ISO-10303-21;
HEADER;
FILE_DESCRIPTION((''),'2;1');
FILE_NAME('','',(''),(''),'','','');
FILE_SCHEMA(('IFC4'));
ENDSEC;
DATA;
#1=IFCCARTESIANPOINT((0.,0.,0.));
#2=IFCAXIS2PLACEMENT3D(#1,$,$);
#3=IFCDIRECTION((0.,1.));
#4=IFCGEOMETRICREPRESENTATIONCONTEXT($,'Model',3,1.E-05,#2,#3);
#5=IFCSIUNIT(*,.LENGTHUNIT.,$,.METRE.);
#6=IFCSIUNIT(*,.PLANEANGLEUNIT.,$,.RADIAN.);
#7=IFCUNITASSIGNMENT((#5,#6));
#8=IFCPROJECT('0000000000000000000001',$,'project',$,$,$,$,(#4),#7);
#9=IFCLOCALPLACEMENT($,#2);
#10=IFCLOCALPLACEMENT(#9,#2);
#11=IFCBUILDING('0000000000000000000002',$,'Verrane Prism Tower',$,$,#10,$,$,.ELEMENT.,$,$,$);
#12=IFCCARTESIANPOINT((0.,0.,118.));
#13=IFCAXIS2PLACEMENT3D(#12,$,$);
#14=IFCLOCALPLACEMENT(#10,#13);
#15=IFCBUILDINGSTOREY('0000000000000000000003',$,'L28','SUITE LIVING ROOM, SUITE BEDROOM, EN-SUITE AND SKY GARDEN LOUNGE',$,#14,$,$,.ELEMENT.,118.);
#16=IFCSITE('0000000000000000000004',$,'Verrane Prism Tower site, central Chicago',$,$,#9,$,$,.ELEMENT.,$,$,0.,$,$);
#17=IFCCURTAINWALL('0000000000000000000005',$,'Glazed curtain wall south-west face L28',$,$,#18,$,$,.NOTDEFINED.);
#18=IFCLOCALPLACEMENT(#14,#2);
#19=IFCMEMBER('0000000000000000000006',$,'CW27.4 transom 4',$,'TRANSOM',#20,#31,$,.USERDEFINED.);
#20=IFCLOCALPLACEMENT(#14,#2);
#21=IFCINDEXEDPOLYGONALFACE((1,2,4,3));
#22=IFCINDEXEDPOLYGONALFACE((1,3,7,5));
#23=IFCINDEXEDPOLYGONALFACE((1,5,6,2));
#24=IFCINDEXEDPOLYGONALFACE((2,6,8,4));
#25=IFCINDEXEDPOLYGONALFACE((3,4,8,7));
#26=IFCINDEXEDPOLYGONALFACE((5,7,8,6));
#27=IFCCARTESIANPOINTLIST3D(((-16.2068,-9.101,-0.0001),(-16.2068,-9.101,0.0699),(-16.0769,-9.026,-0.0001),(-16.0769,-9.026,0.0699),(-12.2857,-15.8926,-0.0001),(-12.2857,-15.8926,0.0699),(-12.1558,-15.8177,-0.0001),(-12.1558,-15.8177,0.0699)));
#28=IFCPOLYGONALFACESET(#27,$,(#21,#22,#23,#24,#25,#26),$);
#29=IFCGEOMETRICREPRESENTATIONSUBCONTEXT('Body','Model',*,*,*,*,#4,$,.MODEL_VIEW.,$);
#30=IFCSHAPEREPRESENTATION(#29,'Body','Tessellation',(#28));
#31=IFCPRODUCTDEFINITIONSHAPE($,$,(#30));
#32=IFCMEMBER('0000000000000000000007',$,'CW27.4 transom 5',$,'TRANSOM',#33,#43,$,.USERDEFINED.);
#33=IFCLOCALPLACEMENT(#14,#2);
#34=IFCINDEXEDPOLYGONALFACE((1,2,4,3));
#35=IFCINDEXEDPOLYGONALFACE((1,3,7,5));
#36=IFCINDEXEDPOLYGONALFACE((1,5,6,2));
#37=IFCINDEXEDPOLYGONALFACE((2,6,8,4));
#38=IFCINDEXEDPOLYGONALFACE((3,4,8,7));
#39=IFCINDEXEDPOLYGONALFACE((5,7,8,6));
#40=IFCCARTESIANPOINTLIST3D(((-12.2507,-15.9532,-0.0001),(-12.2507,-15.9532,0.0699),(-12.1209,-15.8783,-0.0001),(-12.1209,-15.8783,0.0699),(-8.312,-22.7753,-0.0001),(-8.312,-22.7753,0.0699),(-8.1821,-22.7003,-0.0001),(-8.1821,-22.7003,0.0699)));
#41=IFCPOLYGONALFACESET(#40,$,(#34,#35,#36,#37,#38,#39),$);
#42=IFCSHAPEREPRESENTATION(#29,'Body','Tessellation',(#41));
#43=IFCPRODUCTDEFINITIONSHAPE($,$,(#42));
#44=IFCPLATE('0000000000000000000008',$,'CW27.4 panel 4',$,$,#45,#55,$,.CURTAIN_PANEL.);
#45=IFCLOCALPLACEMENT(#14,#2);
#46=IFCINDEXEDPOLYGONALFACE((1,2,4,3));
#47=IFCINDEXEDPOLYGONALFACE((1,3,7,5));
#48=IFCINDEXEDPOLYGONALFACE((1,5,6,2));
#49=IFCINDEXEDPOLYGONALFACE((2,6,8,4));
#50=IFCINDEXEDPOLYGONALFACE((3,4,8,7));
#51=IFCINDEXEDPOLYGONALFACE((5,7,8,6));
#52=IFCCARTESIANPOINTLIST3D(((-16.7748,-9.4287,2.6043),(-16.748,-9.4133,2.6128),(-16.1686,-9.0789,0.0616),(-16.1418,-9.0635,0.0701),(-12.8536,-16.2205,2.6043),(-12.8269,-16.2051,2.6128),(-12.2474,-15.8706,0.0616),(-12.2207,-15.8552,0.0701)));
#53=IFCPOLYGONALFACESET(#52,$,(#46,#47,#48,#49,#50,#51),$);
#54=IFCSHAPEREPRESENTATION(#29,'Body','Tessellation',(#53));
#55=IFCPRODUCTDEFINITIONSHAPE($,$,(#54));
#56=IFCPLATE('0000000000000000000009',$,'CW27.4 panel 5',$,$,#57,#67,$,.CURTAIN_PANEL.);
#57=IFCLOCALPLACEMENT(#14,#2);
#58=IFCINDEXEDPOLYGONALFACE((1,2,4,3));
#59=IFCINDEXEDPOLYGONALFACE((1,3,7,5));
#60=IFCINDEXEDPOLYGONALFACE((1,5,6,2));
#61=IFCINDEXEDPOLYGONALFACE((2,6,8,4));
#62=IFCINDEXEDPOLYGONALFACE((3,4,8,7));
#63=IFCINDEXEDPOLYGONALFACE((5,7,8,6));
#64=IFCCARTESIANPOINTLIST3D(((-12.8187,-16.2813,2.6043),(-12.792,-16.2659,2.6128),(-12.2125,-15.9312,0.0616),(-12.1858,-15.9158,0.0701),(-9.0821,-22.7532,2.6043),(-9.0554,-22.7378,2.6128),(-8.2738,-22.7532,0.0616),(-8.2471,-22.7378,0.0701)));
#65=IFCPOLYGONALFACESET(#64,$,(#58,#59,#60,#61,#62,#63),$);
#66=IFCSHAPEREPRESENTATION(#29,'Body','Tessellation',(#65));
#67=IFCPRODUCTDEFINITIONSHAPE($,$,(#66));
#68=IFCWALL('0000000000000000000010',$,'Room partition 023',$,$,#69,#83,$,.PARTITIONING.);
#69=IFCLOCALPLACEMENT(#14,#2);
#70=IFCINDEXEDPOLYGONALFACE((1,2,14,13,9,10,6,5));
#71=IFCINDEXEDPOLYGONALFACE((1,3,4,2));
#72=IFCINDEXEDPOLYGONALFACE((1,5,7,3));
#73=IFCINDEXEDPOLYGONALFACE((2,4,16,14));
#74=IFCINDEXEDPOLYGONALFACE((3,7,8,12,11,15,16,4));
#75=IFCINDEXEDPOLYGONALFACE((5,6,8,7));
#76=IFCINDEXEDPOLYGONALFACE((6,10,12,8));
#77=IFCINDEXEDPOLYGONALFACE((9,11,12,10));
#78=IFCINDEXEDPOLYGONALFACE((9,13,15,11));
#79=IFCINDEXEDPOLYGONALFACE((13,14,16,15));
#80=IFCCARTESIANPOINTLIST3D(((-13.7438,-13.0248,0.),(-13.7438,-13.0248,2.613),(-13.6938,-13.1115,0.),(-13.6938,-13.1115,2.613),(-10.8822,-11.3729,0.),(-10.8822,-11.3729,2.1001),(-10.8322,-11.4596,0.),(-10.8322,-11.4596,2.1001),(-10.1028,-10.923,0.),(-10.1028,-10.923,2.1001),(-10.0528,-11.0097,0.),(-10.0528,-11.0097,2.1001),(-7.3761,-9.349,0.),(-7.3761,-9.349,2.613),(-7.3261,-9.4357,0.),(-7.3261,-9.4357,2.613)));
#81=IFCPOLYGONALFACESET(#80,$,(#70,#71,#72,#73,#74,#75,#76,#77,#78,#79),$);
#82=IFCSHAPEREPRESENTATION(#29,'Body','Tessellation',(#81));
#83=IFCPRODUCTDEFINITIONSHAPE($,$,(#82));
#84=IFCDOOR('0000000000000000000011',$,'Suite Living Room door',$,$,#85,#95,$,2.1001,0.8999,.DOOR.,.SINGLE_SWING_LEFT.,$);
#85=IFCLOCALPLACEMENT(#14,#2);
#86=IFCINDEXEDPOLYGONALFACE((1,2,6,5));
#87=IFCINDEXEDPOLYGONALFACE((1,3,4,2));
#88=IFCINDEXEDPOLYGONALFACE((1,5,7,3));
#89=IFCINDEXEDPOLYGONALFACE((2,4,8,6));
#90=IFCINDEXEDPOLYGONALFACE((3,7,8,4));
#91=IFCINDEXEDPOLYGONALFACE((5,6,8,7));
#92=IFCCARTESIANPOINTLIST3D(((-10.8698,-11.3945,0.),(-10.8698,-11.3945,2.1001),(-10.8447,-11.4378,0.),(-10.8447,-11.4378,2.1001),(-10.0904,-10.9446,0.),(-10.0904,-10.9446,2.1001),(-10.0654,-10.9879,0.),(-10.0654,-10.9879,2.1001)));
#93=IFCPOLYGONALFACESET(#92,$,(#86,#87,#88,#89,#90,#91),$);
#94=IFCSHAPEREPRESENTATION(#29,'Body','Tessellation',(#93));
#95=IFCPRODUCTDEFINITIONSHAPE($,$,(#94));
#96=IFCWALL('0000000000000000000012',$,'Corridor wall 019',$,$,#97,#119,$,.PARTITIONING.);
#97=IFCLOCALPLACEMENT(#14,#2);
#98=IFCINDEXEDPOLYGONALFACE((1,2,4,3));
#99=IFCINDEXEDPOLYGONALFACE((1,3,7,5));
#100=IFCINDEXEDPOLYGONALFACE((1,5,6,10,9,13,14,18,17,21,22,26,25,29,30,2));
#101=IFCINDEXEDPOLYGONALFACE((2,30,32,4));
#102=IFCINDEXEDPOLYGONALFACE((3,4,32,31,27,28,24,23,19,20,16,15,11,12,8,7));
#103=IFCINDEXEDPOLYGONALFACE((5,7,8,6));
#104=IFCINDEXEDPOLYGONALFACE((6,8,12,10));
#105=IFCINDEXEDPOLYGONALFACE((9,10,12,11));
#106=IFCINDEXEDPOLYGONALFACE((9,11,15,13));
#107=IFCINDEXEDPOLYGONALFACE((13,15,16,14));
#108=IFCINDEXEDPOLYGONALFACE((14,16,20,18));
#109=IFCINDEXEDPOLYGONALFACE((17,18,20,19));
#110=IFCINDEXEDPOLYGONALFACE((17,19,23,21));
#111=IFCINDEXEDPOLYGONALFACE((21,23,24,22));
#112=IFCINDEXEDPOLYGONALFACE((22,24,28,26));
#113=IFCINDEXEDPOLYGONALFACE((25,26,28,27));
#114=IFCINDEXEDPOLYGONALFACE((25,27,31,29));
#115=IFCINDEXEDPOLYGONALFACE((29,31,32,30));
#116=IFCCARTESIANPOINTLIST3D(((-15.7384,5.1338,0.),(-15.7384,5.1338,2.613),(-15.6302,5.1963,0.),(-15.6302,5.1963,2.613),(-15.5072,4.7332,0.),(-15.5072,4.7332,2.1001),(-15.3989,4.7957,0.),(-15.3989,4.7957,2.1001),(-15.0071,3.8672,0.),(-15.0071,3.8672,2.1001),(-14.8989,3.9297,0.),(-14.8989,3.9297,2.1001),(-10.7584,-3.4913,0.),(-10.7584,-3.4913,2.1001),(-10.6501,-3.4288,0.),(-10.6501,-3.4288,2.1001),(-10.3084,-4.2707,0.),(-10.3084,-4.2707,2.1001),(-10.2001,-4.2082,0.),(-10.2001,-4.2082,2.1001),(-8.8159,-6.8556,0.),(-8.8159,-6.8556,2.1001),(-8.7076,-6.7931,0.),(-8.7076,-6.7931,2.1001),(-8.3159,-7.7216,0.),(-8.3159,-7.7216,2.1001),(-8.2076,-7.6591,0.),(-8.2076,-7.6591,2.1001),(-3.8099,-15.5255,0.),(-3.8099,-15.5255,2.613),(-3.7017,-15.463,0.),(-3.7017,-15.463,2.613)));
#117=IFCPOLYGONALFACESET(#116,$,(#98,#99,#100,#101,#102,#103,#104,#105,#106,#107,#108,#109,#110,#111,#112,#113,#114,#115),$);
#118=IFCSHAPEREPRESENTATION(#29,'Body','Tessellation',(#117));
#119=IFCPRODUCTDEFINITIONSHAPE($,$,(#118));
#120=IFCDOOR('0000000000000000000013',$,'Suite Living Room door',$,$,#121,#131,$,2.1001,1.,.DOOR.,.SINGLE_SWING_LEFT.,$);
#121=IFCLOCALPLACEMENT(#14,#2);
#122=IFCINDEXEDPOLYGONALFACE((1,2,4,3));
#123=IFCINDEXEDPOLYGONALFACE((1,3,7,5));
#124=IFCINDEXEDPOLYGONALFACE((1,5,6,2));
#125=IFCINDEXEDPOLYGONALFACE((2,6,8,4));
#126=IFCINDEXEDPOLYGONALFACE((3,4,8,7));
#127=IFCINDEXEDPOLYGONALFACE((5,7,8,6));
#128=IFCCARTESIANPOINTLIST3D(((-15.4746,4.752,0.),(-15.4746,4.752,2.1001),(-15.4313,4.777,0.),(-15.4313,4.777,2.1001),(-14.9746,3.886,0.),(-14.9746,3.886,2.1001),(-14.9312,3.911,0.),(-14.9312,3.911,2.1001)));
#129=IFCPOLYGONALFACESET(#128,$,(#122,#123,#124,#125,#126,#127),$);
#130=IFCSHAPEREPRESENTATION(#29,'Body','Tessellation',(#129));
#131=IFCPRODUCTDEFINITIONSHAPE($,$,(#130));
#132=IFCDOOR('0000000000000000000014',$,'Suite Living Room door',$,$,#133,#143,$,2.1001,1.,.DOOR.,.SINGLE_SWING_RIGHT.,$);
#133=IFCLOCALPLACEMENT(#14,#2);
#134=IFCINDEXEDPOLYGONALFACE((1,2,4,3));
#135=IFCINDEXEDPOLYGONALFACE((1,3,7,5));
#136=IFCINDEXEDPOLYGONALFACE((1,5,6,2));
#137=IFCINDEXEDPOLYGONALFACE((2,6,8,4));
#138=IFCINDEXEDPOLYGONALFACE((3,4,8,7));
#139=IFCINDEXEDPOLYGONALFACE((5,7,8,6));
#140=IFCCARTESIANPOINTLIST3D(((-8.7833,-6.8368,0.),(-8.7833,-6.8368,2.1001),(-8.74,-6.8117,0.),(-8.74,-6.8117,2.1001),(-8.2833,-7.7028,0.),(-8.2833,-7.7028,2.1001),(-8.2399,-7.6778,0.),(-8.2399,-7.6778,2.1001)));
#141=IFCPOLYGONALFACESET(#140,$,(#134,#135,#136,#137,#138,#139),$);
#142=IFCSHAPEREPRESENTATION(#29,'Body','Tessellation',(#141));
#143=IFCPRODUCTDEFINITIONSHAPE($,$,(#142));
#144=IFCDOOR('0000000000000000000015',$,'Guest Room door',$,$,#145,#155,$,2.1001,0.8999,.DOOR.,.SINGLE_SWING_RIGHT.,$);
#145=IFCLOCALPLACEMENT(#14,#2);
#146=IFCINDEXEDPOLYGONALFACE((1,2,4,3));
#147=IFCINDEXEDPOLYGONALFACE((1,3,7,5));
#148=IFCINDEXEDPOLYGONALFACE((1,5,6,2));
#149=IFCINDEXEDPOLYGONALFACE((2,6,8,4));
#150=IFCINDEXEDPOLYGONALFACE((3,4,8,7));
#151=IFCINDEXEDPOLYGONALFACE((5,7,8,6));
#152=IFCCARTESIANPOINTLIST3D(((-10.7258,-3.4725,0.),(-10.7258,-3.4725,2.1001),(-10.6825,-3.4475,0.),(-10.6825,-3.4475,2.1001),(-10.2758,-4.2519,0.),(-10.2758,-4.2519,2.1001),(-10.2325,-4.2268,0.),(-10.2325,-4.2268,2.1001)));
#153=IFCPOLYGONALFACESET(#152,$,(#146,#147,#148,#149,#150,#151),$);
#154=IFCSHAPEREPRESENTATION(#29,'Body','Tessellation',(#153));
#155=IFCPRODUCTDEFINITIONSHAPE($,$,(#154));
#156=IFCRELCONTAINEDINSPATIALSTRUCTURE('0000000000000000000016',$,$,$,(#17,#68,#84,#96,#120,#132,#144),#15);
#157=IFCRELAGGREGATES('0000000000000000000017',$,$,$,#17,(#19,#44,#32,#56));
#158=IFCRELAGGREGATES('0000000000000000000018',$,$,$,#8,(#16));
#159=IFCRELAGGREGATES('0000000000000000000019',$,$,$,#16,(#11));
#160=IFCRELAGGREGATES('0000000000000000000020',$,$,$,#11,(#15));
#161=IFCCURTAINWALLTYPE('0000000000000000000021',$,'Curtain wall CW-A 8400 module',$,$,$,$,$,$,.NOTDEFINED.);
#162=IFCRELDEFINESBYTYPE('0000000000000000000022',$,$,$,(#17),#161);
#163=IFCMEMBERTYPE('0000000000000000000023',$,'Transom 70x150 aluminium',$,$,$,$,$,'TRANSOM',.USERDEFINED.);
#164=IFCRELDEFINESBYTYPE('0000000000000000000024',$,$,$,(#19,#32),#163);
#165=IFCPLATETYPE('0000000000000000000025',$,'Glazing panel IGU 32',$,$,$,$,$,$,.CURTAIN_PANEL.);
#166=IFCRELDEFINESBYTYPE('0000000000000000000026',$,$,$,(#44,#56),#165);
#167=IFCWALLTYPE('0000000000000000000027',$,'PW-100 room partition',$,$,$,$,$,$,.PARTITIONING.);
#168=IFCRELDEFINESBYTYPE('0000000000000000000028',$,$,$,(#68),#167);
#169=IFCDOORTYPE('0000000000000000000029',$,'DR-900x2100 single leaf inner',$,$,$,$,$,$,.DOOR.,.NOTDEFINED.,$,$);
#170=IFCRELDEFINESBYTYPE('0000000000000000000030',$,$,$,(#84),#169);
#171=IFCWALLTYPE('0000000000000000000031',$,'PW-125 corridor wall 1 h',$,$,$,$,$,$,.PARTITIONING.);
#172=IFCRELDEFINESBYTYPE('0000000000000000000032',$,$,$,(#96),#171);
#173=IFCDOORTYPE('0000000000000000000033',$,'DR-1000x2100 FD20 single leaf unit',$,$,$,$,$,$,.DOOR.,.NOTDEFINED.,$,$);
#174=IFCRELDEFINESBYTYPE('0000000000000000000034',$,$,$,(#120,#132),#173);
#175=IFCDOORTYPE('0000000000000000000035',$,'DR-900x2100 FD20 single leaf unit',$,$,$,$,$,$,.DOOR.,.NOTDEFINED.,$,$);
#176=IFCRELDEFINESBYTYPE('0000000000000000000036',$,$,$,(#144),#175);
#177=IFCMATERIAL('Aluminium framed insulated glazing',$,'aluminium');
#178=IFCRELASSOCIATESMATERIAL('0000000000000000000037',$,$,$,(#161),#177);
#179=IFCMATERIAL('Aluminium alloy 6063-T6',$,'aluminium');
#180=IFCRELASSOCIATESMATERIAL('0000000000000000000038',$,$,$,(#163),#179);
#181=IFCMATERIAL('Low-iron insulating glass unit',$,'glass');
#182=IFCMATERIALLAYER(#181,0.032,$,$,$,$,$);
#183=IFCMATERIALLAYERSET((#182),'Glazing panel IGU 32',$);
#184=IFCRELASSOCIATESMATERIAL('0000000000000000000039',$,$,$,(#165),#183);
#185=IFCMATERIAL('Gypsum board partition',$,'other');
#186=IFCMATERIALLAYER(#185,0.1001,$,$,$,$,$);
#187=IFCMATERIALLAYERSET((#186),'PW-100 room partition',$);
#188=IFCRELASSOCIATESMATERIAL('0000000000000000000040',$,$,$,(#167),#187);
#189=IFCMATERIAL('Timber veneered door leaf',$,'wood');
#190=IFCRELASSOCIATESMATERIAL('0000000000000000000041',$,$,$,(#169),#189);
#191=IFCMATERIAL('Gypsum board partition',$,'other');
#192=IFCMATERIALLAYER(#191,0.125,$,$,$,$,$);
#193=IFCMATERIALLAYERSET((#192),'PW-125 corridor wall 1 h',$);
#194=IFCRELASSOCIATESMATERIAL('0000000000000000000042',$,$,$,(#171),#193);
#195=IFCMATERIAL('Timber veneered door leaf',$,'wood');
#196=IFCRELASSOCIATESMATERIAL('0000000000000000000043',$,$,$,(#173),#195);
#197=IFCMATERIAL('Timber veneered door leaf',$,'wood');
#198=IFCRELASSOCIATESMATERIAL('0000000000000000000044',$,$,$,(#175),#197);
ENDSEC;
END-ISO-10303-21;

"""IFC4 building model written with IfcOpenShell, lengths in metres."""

from ifc_helpers import new_model, si_unit, direction, frame, frame_2d, origin, origin_2d, place, context, subcontext, project, spatial, polyline, rectangle, outline, extrude, material, layer, layer_set, material_profile, profile_set, type_object, element, fill, aggregate, save


model = new_model("IFC4")

# Units and contexts
model_context = context("Model", 3, precision=1e-05, world=origin(), true_north=direction((0.0, 1.0)))
body_context = subcontext(model_context, "Body", "Model", "MODEL_VIEW")
ifc_project = project(units=[si_unit("LENGTHUNIT", "METRE"), si_unit("PLANEANGLEUNIT", "RADIAN")], contexts=[model_context])

# Site, building, storey
site_placement = place(None, origin())
site = spatial("IfcSite", under=ifc_project, at=site_placement, Name="Verrane Prism Tower site, central Chicago", CompositionType="ELEMENT", RefElevation=0.0)
building_placement = place(site_placement, origin())
building = spatial("IfcBuilding", under=site, at=building_placement, Name="Verrane Prism Tower", CompositionType="ELEMENT")
storey_placement = place(building_placement, frame((0.0, 0.0, 118.0)))
storey = spatial("IfcBuildingStorey", under=building, at=storey_placement, Name="L28", Description="SUITE LIVING ROOM, SUITE BEDROOM, EN-SUITE AND SKY GARDEN LOUNGE", CompositionType="ELEMENT", Elevation=118.0)

# Curtain wall
ifc_material_1 = material(Name="Aluminium framed insulated glazing", Category="aluminium")
curtain_wall_type = type_object("IfcCurtainWallType", Name="Curtain wall CW-A 8400 module", PredefinedType="NOTDEFINED", material=ifc_material_1)
curtain_wall_placement = place(storey_placement, origin())
curtain_wall = element("IfcCurtainWall", 1, at=curtain_wall_placement, inside=storey, type_object=curtain_wall_type, Name="Glazed curtain wall south-west face L28", PredefinedType="NOTDEFINED")

# Members
ifc_material_2 = material(Name="Aluminium alloy 6063-T6", Category="aluminium")
ifc_material_profile_1 = material_profile(ifc_material_2, rectangle(XDim=0.1499, YDim=0.0701, at=origin_2d()), Name="Transom 70x150 aluminium")
ifc_profile_set_1 = profile_set([ifc_material_profile_1], Name="Aluminium alloy 6063-T6")
member_type_1 = type_object("IfcMemberType", Name="Transom 70x150 aluminium", ElementType="TRANSOM", PredefinedType="USERDEFINED", material=ifc_profile_set_1)
member_1_placement = place(storey_placement, frame((-16.1418, -9.0635, 0.0349), z_axis=(0.499993, -0.86603, 0.0), x_axis=(0.86603, 0.499993, 0.0)))
member_1 = element("IfcMember", 2, at=member_1_placement, type_object=member_type_1, Name="CW27.4 transom 4", ObjectType="TRANSOM", PredefinedType="USERDEFINED", context=body_context, shape_type="SweptSolid", body=[
    extrude(rectangle(XDim=0.1499, YDim=0.0701, at=origin_2d()), origin(), (0.0, 0.0, 1.0), 7.8423),
])
member_2_placement = place(storey_placement, frame((-12.1858, -15.9158, 0.0349), z_axis=(0.500002, -0.866024, 0.0), x_axis=(0.866024, 0.500002, 0.0)))
member_2 = element("IfcMember", 3, at=member_2_placement, type_object=member_type_1, Name="CW27.4 transom 5", ObjectType="TRANSOM", PredefinedType="USERDEFINED", context=body_context, shape_type="SweptSolid", body=[
    extrude(rectangle(XDim=0.1499, YDim=0.0701, at=origin_2d()), origin(), (0.0, 0.0, 1.0), 7.8774),
])

# Plates
ifc_material_3 = material(Name="Low-iron insulating glass unit", Category="glass")
ifc_layer_1 = layer(ifc_material_3, 0.032)
ifc_layer_set_1 = layer_set([ifc_layer_1], Name="Glazing panel IGU 32")
plate_type = type_object("IfcPlateType", Name="Glazing panel IGU 32", PredefinedType="CURTAIN_PANEL", material=ifc_layer_set_1)
plate_1_placement = place(storey_placement, frame((-16.1418, -9.0635, 0.0701), z_axis=(0.834975, 0.482064, 0.26539), x_axis=(0.499993, -0.86603, 0.0)))
plate_1 = element("IfcPlate", 4, at=plate_1_placement, type_object=plate_type, Name="CW27.4 panel 4", PredefinedType="CURTAIN_PANEL", context=body_context, shape_type="SweptSolid", body=[
    extrude(outline(polyline([(0.0, 0.0), (7.8424, 0.0), (7.8423, -2.6373), (-0.0001, -2.6373), (0.0, 0.0)])), origin(), (0.0, 0.0, -1.0), 0.032),
])
plate_2_placement = place(storey_placement, frame((-12.1858, -15.9158, 0.0701), z_axis=(0.834959, 0.482066, 0.265436), x_axis=(0.500002, -0.866025, 0.0)))
plate_2 = element("IfcPlate", 5, at=plate_2_placement, type_object=plate_type, Name="CW27.4 panel 5", PredefinedType="CURTAIN_PANEL", context=body_context, shape_type="SweptSolid", body=[
    extrude(outline(polyline([(0.0, 0.0), (7.8774, 0.0), (7.4732, -2.6373), (0.0001, -2.6373), (0.0, 0.0)])), origin(), (0.0, 0.0, -1.0), 0.032),
])
aggregate(curtain_wall, [member_1, plate_1, member_2, plate_2])

# Wall, opening, door
ifc_material_4 = material(Name="Gypsum board partition", Category="other")
ifc_layer_2 = layer(ifc_material_4, 0.1001)
ifc_layer_set_2 = layer_set([ifc_layer_2], Name="PW-100 room partition")
wall_type_1 = type_object("IfcWallType", Name="PW-100 room partition", PredefinedType="PARTITIONING", material=ifc_layer_set_2)
wall_1_placement = place(storey_placement, frame((-7.3511, -9.3923, 0.0), z_axis=(0.0, 0.0, 1.0), x_axis=(-0.866061, -0.499939, 0.0)))
wall_1 = element("IfcWall", 6, at=wall_1_placement, inside=storey, type_object=wall_type_1, Name="Room partition 023", PredefinedType="PARTITIONING", context=body_context, shape_type="SweptSolid", body=[
    extrude(rectangle(XDim=7.3525, YDim=0.1001, at=frame_2d((3.6763, 0.0))), origin(), (0.0, 0.0, 1.0), 2.613),
])
opening_1_placement = place(wall_1_placement, frame((3.1484, 0.0, 0.0)))
opening_1 = element("IfcOpeningElement", 7, at=opening_1_placement, cuts=wall_1, PredefinedType="OPENING", context=body_context, shape_type="SweptSolid", body=[
    extrude(rectangle(XDim=0.8999, YDim=2.1001, at=frame_2d((0.45, 1.05))), frame((0.0, 0.0601, 0.0), z_axis=(0.0, -1.0, 0.0), x_axis=(1.0, 0.0, 0.0)), (0.0, 0.0, 1.0), 0.1201),
])
ifc_material_5 = material(Name="Timber veneered door leaf", Category="wood")
door_type_1 = type_object("IfcDoorType", Name="DR-900x2100 single leaf inner", OperationType="NOTDEFINED", PredefinedType="DOOR", material=ifc_material_5)
door_1_placement = place(opening_1_placement, origin())
door_1 = element("IfcDoor", 8, at=door_1_placement, inside=storey, type_object=door_type_1, Name="Suite Living Room door", OperationType="SINGLE_SWING_LEFT", OverallHeight=2.1001, OverallWidth=0.8999, PredefinedType="DOOR", context=body_context, shape_type="SweptSolid", body=[
    extrude(rectangle(XDim=0.8999, YDim=2.1001, at=frame_2d((0.45, 1.05))), frame((0.0, 0.0249, 0.0), z_axis=(0.0, -1.0, 0.0), x_axis=(1.0, 0.0, 0.0)), (0.0, 0.0, 1.0), 0.05),
])
fill(opening_1, door_1)

# Wall, openings, doors
ifc_material_6 = material(Name="Gypsum board partition", Category="other")
ifc_layer_3 = layer(ifc_material_6, 0.125)
ifc_layer_set_3 = layer_set([ifc_layer_3], Name="PW-125 corridor wall 1 h")
wall_type_2 = type_object("IfcWallType", Name="PW-125 corridor wall 1 h", PredefinedType="PARTITIONING", material=ifc_layer_set_3)
wall_2_placement = place(storey_placement, frame((-3.7559, -15.4941, 0.0), z_axis=(0.0, 0.0, 1.0), x_axis=(-0.500028, 0.866009, 0.0)))
wall_2 = element("IfcWall", 9, at=wall_2_placement, inside=storey, type_object=wall_type_2, Name="Corridor wall 019", PredefinedType="PARTITIONING", context=body_context, shape_type="SweptSolid", body=[
    extrude(rectangle(XDim=23.8557, YDim=0.125, at=frame_2d((11.9277, 0.0))), origin(), (0.0, 0.0, 1.0), 2.613),
])
opening_2_placement = place(wall_2_placement, frame((22.3931, 0.0, 0.0)))
opening_2 = element("IfcOpeningElement", 10, at=opening_2_placement, cuts=wall_2, PredefinedType="OPENING", context=body_context, shape_type="SweptSolid", body=[
    extrude(rectangle(XDim=1.0, YDim=2.1001, at=frame_2d((0.5, 1.05))), frame((0.0, 0.0725, 0.0), z_axis=(0.0, -1.0, 0.0), x_axis=(1.0, 0.0, 0.0)), (0.0, 0.0, 1.0), 0.145),
])
opening_3_placement = place(wall_2_placement, frame((12.9961, 0.0, 0.0)))
opening_3 = element("IfcOpeningElement", 11, at=opening_3_placement, cuts=wall_2, PredefinedType="OPENING", context=body_context, shape_type="SweptSolid", body=[
    extrude(rectangle(XDim=0.8999, YDim=2.1001, at=frame_2d((0.45, 1.05))), frame((0.0, 0.0725, 0.0), z_axis=(0.0, -1.0, 0.0), x_axis=(1.0, 0.0, 0.0)), (0.0, 0.0, 1.0), 0.145),
])
opening_4_placement = place(wall_2_placement, frame((9.0112, 0.0, 0.0)))
opening_4 = element("IfcOpeningElement", 12, at=opening_4_placement, cuts=wall_2, PredefinedType="OPENING", context=body_context, shape_type="SweptSolid", body=[
    extrude(rectangle(XDim=1.0, YDim=2.1001, at=frame_2d((0.5, 1.05))), frame((0.0, 0.0725, 0.0), z_axis=(0.0, -1.0, 0.0), x_axis=(1.0, 0.0, 0.0)), (0.0, 0.0, 1.0), 0.145),
])
ifc_material_7 = material(Name="Timber veneered door leaf", Category="wood")
door_type_2 = type_object("IfcDoorType", Name="DR-1000x2100 FD20 single leaf unit", OperationType="NOTDEFINED", PredefinedType="DOOR", material=ifc_material_7)
door_2_placement = place(opening_2_placement, origin())
door_2 = element("IfcDoor", 13, at=door_2_placement, inside=storey, type_object=door_type_2, Name="Suite Living Room door", OperationType="SINGLE_SWING_LEFT", OverallHeight=2.1001, OverallWidth=1.0, PredefinedType="DOOR", context=body_context, shape_type="SweptSolid", body=[
    extrude(rectangle(XDim=1.0, YDim=2.1001, at=frame_2d((0.5, 1.05))), frame((0.0, 0.0249, 0.0), z_axis=(0.0, -1.0, 0.0), x_axis=(1.0, 0.0, 0.0)), (0.0, 0.0, 1.0), 0.05),
])
fill(opening_2, door_2)
door_3_placement = place(opening_4_placement, origin())
door_3 = element("IfcDoor", 14, at=door_3_placement, inside=storey, type_object=door_type_2, Name="Suite Living Room door", OperationType="SINGLE_SWING_RIGHT", OverallHeight=2.1001, OverallWidth=1.0, PredefinedType="DOOR", context=body_context, shape_type="SweptSolid", body=[
    extrude(rectangle(XDim=1.0, YDim=2.1001, at=frame_2d((0.5, 1.05))), frame((0.0, 0.0249, 0.0), z_axis=(0.0, -1.0, 0.0), x_axis=(1.0, 0.0, 0.0)), (0.0, 0.0, 1.0), 0.05),
])
fill(opening_4, door_3)
ifc_material_8 = material(Name="Timber veneered door leaf", Category="wood")
door_type_3 = type_object("IfcDoorType", Name="DR-900x2100 FD20 single leaf unit", OperationType="NOTDEFINED", PredefinedType="DOOR", material=ifc_material_8)
door_4_placement = place(opening_3_placement, origin())
door_4 = element("IfcDoor", 15, at=door_4_placement, inside=storey, type_object=door_type_3, Name="Guest Room door", OperationType="SINGLE_SWING_RIGHT", OverallHeight=2.1001, OverallWidth=0.8999, PredefinedType="DOOR", context=body_context, shape_type="SweptSolid", body=[
    extrude(rectangle(XDim=0.8999, YDim=2.1001, at=frame_2d((0.45, 1.05))), frame((0.0, 0.0249, 0.0), z_axis=(0.0, -1.0, 0.0), x_axis=(1.0, 0.0, 0.0)), (0.0, 0.0, 1.0), 0.05),
])
fill(opening_3, door_4)

save(model, "model.ifc")
